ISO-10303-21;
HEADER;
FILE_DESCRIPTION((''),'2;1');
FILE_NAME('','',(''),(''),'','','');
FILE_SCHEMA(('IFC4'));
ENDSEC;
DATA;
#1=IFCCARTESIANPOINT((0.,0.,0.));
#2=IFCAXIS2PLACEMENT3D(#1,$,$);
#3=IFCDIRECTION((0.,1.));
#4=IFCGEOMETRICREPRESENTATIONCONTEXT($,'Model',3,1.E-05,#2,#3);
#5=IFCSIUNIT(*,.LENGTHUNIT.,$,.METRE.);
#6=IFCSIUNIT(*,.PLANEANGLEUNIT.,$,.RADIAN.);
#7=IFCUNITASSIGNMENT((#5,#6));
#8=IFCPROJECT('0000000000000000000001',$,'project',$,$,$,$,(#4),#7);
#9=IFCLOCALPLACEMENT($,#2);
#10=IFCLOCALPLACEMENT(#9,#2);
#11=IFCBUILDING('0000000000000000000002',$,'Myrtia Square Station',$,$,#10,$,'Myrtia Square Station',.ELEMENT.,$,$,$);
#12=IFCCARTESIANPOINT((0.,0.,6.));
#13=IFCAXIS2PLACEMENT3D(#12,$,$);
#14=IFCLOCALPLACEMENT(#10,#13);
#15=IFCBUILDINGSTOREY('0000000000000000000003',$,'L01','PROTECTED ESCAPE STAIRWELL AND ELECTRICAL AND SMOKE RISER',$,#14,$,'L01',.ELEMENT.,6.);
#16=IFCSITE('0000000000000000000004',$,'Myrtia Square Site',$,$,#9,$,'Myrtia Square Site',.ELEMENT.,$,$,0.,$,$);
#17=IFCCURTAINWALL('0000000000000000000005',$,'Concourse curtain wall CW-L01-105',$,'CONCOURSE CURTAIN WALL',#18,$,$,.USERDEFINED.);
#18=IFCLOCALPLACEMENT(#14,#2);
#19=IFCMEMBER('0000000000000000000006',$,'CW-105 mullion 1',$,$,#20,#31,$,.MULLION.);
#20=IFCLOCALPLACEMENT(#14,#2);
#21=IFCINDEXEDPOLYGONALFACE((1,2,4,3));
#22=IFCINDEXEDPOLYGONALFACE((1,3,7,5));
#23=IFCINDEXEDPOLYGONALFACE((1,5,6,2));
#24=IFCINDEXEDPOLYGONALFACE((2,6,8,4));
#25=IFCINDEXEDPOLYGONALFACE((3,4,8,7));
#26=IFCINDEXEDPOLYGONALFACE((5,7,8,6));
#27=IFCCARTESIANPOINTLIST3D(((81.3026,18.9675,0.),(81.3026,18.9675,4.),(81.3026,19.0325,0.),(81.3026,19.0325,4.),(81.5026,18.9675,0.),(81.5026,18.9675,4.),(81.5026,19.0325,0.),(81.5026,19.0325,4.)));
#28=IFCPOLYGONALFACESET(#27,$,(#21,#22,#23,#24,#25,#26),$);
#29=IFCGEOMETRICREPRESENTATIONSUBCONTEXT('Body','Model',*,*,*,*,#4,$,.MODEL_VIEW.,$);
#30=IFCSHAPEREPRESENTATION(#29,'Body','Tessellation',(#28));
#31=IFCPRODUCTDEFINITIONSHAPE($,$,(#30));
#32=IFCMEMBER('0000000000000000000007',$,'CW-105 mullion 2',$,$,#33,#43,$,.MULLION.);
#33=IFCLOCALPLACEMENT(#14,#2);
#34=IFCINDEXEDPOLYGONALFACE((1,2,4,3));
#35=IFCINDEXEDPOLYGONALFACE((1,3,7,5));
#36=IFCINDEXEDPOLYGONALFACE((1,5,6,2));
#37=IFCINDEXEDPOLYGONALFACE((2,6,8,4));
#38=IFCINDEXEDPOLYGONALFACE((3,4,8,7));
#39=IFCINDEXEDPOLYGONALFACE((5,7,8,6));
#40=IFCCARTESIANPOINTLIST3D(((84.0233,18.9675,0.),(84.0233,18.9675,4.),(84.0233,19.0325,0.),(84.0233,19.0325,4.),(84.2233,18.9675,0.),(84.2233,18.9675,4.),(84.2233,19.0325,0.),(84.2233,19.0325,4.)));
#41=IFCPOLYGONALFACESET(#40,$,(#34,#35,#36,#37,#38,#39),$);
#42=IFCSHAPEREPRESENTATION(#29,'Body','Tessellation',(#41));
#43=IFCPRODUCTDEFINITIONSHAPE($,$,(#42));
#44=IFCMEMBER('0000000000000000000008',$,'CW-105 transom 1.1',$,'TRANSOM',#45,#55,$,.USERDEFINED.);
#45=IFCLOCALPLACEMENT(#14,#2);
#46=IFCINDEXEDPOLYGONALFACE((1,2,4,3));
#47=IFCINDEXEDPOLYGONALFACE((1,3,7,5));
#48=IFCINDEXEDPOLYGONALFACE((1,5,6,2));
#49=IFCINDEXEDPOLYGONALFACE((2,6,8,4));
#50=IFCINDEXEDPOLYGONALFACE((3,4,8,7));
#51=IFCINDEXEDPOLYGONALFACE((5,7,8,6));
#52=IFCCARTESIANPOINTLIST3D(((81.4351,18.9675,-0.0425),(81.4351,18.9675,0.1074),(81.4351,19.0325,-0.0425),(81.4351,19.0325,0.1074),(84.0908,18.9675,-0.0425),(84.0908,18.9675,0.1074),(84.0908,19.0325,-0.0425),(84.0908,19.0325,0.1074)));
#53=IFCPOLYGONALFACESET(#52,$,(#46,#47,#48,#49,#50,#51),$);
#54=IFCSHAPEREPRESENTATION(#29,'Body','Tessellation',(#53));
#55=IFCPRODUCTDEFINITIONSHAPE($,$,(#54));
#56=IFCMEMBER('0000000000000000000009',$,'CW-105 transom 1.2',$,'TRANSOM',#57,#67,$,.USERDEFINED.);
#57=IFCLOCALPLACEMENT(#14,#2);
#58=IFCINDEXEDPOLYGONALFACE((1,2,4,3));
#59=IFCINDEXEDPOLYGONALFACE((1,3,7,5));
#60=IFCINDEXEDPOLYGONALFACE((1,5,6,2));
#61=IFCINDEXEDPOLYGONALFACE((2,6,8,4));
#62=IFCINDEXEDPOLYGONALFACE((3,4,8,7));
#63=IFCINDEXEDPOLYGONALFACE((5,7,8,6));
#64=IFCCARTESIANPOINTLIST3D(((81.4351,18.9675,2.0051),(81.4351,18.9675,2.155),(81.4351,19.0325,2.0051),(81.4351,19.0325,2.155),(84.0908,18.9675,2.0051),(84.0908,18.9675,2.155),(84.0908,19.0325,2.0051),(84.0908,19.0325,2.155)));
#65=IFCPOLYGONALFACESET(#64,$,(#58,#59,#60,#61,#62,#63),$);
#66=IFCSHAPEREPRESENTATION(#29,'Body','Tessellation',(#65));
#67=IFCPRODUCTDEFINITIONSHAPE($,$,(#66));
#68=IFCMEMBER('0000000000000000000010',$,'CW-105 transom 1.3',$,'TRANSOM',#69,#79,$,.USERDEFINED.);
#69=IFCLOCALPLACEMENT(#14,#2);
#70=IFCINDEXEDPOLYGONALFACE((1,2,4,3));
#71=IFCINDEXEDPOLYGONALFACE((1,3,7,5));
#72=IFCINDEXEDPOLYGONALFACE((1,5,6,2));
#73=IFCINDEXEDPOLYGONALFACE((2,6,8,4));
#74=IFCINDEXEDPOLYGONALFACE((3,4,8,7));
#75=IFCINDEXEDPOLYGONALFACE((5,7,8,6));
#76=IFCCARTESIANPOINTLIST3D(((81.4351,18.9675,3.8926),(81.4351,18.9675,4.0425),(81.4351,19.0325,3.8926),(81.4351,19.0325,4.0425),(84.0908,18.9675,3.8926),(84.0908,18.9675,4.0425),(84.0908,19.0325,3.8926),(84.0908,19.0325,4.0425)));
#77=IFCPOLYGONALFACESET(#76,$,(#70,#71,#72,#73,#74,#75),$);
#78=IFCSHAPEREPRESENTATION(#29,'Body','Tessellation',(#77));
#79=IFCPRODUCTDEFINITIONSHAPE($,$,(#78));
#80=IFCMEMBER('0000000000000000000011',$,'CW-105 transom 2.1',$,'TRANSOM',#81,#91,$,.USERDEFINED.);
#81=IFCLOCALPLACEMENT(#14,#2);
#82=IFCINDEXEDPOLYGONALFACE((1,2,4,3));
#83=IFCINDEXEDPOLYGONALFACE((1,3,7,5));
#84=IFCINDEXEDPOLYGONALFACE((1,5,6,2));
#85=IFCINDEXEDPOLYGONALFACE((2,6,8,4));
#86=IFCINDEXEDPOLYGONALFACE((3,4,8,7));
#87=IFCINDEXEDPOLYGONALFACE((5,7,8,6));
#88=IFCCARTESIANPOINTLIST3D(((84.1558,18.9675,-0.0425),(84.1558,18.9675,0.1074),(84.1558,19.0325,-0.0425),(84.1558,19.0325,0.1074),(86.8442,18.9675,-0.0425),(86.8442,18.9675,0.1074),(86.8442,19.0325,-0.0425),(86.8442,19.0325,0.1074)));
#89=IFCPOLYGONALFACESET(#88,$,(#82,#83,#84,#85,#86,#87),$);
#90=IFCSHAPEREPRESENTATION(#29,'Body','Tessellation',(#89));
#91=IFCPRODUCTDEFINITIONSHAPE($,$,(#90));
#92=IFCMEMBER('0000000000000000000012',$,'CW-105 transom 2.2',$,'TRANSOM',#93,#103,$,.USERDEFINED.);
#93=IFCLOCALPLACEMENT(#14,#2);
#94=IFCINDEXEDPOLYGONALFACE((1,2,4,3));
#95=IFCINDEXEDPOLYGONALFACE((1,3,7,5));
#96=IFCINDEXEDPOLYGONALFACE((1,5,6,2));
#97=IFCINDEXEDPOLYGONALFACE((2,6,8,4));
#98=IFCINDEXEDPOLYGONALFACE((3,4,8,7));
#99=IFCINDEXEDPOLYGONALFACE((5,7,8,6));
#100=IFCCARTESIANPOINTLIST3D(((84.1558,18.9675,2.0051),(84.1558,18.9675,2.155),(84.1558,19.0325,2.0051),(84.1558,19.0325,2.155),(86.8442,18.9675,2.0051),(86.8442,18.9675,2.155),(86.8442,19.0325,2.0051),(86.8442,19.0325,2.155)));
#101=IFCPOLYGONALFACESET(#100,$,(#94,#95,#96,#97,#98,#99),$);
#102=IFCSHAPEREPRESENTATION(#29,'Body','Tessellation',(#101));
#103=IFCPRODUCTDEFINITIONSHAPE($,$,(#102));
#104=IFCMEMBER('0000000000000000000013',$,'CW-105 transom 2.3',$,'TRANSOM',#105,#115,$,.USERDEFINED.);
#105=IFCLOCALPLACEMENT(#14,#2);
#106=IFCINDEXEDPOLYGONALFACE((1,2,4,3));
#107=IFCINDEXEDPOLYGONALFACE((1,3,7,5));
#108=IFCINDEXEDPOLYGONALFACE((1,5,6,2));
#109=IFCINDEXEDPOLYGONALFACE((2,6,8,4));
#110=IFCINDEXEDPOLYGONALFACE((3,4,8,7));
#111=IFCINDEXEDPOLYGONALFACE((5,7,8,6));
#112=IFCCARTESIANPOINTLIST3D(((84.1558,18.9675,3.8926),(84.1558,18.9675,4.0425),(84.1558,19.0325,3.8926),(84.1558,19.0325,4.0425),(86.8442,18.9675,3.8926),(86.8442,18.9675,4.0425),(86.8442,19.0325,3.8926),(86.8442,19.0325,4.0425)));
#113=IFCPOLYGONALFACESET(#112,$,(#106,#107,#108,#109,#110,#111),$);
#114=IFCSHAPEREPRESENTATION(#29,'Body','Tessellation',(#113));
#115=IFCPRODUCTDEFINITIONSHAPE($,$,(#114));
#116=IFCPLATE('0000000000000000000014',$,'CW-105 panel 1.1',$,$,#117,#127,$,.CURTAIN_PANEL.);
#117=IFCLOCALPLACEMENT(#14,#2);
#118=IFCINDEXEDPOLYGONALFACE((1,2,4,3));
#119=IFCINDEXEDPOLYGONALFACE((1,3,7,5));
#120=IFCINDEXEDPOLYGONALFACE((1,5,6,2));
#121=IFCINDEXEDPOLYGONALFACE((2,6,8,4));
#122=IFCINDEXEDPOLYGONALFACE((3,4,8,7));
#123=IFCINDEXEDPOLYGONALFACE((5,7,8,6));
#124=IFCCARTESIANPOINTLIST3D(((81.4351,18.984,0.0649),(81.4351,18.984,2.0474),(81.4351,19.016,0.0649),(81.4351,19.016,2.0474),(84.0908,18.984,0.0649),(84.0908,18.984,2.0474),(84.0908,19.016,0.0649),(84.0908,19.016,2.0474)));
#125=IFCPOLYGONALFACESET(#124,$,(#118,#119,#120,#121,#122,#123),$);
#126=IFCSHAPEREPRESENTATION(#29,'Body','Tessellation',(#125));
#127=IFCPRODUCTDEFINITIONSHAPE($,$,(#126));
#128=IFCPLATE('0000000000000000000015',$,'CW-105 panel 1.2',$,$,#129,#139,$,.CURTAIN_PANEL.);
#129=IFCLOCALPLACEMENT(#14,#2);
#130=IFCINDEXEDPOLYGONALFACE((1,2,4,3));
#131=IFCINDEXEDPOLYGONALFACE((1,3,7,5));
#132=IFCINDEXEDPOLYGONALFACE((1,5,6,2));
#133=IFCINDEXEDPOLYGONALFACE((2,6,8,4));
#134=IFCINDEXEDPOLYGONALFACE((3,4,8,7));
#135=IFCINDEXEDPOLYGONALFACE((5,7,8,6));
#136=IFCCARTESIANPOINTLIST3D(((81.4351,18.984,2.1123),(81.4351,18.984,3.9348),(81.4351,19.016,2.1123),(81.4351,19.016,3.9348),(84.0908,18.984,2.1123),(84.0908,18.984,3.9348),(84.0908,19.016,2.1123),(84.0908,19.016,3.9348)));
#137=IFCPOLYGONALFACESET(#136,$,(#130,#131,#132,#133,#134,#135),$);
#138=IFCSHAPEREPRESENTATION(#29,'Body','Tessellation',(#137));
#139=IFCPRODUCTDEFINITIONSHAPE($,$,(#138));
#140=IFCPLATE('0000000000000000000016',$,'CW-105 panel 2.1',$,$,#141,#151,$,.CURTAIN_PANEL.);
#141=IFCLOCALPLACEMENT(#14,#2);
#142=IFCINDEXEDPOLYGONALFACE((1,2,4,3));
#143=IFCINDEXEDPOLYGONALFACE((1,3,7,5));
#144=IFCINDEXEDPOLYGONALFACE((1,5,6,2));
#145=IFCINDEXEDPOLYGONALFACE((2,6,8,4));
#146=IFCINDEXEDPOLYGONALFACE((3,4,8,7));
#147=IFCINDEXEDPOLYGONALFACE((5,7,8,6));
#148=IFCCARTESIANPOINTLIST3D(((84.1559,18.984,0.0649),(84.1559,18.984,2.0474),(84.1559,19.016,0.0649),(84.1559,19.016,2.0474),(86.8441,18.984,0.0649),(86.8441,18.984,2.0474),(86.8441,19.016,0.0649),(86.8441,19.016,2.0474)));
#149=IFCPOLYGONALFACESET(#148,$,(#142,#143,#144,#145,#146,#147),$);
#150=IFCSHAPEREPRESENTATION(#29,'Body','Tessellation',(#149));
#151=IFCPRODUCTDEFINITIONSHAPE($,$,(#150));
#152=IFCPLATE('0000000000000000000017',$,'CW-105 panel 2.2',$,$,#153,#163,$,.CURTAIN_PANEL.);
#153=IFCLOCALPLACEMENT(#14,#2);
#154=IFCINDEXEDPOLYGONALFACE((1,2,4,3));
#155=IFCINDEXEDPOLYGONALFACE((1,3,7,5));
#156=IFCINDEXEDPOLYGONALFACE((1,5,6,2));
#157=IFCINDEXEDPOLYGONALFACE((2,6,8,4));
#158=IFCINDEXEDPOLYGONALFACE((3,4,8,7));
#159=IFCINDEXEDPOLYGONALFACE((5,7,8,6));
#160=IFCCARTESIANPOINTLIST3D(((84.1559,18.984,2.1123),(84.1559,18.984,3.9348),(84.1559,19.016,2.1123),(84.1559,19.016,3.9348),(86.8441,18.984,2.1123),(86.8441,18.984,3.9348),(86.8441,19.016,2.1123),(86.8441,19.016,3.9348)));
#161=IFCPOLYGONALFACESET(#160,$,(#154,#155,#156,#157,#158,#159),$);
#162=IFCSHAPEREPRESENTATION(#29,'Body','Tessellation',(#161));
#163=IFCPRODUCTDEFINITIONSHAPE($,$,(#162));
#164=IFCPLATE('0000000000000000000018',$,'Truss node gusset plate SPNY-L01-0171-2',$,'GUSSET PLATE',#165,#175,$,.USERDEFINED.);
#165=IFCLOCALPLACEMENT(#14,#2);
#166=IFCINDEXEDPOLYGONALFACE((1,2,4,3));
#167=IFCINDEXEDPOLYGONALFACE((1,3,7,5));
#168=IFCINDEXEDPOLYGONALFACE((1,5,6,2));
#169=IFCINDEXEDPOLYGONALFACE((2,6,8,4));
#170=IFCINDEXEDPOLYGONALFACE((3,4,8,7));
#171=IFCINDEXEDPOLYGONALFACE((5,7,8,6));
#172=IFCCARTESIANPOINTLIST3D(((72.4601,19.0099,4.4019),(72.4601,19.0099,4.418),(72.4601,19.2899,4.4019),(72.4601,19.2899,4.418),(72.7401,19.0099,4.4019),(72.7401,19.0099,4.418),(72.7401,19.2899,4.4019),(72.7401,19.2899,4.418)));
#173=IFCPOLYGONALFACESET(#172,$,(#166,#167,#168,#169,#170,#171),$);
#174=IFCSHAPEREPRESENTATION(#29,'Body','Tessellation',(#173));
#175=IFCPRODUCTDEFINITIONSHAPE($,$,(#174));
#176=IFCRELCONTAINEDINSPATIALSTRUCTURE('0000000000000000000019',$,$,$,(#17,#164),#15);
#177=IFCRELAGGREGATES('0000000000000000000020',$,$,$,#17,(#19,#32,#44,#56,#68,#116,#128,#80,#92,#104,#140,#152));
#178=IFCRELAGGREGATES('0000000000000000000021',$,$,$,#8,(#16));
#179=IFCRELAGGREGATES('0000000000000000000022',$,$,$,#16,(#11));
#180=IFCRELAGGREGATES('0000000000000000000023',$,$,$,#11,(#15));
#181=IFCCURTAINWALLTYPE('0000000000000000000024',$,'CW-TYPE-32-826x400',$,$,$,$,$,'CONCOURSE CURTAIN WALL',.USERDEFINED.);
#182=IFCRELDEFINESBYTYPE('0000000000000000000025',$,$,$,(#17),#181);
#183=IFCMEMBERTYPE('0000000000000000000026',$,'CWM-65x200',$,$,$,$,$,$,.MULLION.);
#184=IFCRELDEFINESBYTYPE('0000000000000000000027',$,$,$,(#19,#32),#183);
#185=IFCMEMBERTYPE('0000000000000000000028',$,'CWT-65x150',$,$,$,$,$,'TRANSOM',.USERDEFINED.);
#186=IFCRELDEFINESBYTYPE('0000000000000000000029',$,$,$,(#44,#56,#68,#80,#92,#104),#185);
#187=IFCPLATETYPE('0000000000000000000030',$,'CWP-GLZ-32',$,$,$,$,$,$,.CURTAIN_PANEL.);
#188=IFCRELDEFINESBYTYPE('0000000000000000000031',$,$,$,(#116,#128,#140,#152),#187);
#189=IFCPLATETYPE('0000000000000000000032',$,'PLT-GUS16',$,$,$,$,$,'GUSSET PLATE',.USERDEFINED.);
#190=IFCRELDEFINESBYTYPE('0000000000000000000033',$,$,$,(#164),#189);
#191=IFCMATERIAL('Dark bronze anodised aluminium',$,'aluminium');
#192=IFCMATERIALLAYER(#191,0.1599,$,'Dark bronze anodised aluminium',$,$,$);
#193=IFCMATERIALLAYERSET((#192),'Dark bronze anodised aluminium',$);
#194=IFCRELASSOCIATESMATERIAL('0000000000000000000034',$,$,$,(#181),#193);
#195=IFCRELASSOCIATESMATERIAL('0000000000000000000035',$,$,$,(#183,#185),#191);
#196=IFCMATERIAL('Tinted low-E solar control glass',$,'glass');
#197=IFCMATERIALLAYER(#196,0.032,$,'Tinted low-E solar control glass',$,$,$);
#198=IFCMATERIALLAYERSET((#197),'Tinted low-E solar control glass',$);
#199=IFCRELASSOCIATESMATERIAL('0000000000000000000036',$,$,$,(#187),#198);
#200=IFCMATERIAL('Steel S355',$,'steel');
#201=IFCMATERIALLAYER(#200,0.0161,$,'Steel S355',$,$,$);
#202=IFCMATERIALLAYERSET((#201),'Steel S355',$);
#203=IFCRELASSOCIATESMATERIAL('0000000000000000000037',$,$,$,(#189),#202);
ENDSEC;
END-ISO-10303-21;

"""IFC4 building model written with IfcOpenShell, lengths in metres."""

from ifc_helpers import new_model, si_unit, direction, frame, origin, origin_2d, place, context, subcontext, project, spatial, rectangle, extrude, material, layer, layer_set, material_profile, profile_set, type_object, element, aggregate, save


model = new_model("IFC4")

# Units and contexts
model_context = context("Model", 3, precision=1e-05, world=origin(), true_north=direction((0.0, 1.0)))
body_context = subcontext(model_context, "Body", "Model", "MODEL_VIEW")
ifc_project = project(units=[si_unit("LENGTHUNIT", "METRE"), si_unit("PLANEANGLEUNIT", "RADIAN")], contexts=[model_context])

# Site, building, storey
site_placement = place(None, origin())
site = spatial("IfcSite", under=ifc_project, at=site_placement, Name="Myrtia Square Site", LongName="Myrtia Square Site", CompositionType="ELEMENT", RefElevation=0.0)
building_placement = place(site_placement, origin())
building = spatial("IfcBuilding", under=site, at=building_placement, Name="Myrtia Square Station", LongName="Myrtia Square Station", CompositionType="ELEMENT")
storey_placement = place(building_placement, frame((0.0, 0.0, 6.0)))
storey = spatial("IfcBuildingStorey", under=building, at=storey_placement, Name="L01", Description="PROTECTED ESCAPE STAIRWELL AND ELECTRICAL AND SMOKE RISER", LongName="L01", CompositionType="ELEMENT", Elevation=6.0)

# Shared definitions
ifc_material_1 = material(Name="Steel S355", Category="steel")

# Curtain wall, members, plates
ifc_material_2 = material(Name="Dark bronze anodised aluminium", Category="aluminium")
ifc_layer_1 = layer(ifc_material_2, 0.1599, Name="Dark bronze anodised aluminium")
ifc_layer_set_1 = layer_set([ifc_layer_1], Name="Dark bronze anodised aluminium")
curtain_wall_type = type_object("IfcCurtainWallType", Name="CW-TYPE-32-826x400", ElementType="CONCOURSE CURTAIN WALL", PredefinedType="USERDEFINED", material=ifc_layer_set_1)
curtain_wall_placement = place(storey_placement, origin())
curtain_wall = element("IfcCurtainWall", 1, at=curtain_wall_placement, inside=storey, type_object=curtain_wall_type, Name="Concourse curtain wall CW-L01-105", ObjectType="CONCOURSE CURTAIN WALL", PredefinedType="USERDEFINED")
ifc_material_profile_1 = material_profile(ifc_material_2, rectangle(XDim=0.0649, YDim=0.2, at=origin_2d()), Name="ALU-M 65x200")
ifc_profile_set_1 = profile_set([ifc_material_profile_1], Name="Dark bronze anodised aluminium")
member_type_1 = type_object("IfcMemberType", Name="CWM-65x200", PredefinedType="MULLION", material=ifc_profile_set_1)
member_1_placement = place(storey_placement, frame((81.4026, 19.0, 0.0), z_axis=(0.0, 0.0, 1.0), x_axis=(0.0, 1.0, 0.0)))
member_1 = element("IfcMember", 2, at=member_1_placement, type_object=member_type_1, Name="CW-105 mullion 1", PredefinedType="MULLION", context=body_context, shape_type="SweptSolid", body=[
    extrude(rectangle(XDim=0.0649, YDim=0.2, at=origin_2d()), origin(), (0.0, 0.0, 1.0), 4.0),
])
member_2_placement = place(storey_placement, frame((84.1233, 19.0, 0.0), z_axis=(0.0, 0.0, 1.0), x_axis=(0.0, 1.0, 0.0)))
member_2 = element("IfcMember", 3, at=member_2_placement, type_object=member_type_1, Name="CW-105 mullion 2", PredefinedType="MULLION", context=body_context, shape_type="SweptSolid", body=[
    extrude(rectangle(XDim=0.0649, YDim=0.2, at=origin_2d()), origin(), (0.0, 0.0, 1.0), 4.0),
])
ifc_material_profile_2 = material_profile(ifc_material_2, rectangle(XDim=0.0649, YDim=0.1499, at=origin_2d()), Name="ALU-T 65x150")
ifc_profile_set_2 = profile_set([ifc_material_profile_2], Name="Dark bronze anodised aluminium")
member_type_2 = type_object("IfcMemberType", Name="CWT-65x150", ElementType="TRANSOM", PredefinedType="USERDEFINED", material=ifc_profile_set_2)
member_3_placement = place(storey_placement, frame((81.4351, 19.0, 0.0325), z_axis=(1.0, 0.0, 0.0), x_axis=(0.0, 1.0, 0.0)))
member_3 = element("IfcMember", 4, at=member_3_placement, type_object=member_type_2, Name="CW-105 transom 1.1", ObjectType="TRANSOM", PredefinedType="USERDEFINED", context=body_context, shape_type="SweptSolid", body=[
    extrude(rectangle(XDim=0.0649, YDim=0.1499, at=origin_2d()), origin(), (0.0, 0.0, 1.0), 2.6558),
])
member_4_placement = place(storey_placement, frame((81.4351, 19.0, 2.0801), z_axis=(1.0, 0.0, 0.0), x_axis=(0.0, 1.0, 0.0)))
member_4 = element("IfcMember", 5, at=member_4_placement, type_object=member_type_2, Name="CW-105 transom 1.2", ObjectType="TRANSOM", PredefinedType="USERDEFINED", context=body_context, shape_type="SweptSolid", body=[
    extrude(rectangle(XDim=0.0649, YDim=0.1499, at=origin_2d()), origin(), (0.0, 0.0, 1.0), 2.6558),
])
member_5_placement = place(storey_placement, frame((81.4351, 19.0, 3.9675), z_axis=(1.0, 0.0, 0.0), x_axis=(0.0, 1.0, 0.0)))
member_5 = element("IfcMember", 6, at=member_5_placement, type_object=member_type_2, Name="CW-105 transom 1.3", ObjectType="TRANSOM", PredefinedType="USERDEFINED", context=body_context, shape_type="SweptSolid", body=[
    extrude(rectangle(XDim=0.0649, YDim=0.1499, at=origin_2d()), origin(), (0.0, 0.0, 1.0), 2.6558),
])
member_6_placement = place(storey_placement, frame((84.1558, 19.0, 0.0325), z_axis=(1.0, 0.0, 0.0), x_axis=(0.0, 1.0, 0.0)))
member_6 = element("IfcMember", 7, at=member_6_placement, type_object=member_type_2, Name="CW-105 transom 2.1", ObjectType="TRANSOM", PredefinedType="USERDEFINED", context=body_context, shape_type="SweptSolid", body=[
    extrude(rectangle(XDim=0.0649, YDim=0.1499, at=origin_2d()), origin(), (0.0, 0.0, 1.0), 2.6885),
])
member_7_placement = place(storey_placement, frame((84.1558, 19.0, 2.0801), z_axis=(1.0, 0.0, 0.0), x_axis=(0.0, 1.0, 0.0)))
member_7 = element("IfcMember", 8, at=member_7_placement, type_object=member_type_2, Name="CW-105 transom 2.2", ObjectType="TRANSOM", PredefinedType="USERDEFINED", context=body_context, shape_type="SweptSolid", body=[
    extrude(rectangle(XDim=0.0649, YDim=0.1499, at=origin_2d()), origin(), (0.0, 0.0, 1.0), 2.6885),
])
member_8_placement = place(storey_placement, frame((84.1558, 19.0, 3.9675), z_axis=(1.0, 0.0, 0.0), x_axis=(0.0, 1.0, 0.0)))
member_8 = element("IfcMember", 9, at=member_8_placement, type_object=member_type_2, Name="CW-105 transom 2.3", ObjectType="TRANSOM", PredefinedType="USERDEFINED", context=body_context, shape_type="SweptSolid", body=[
    extrude(rectangle(XDim=0.0649, YDim=0.1499, at=origin_2d()), origin(), (0.0, 0.0, 1.0), 2.6885),
])
ifc_material_3 = material(Name="Tinted low-E solar control glass", Category="glass")
ifc_layer_2 = layer(ifc_material_3, 0.032, Name="Tinted low-E solar control glass")
ifc_layer_set_2 = layer_set([ifc_layer_2], Name="Tinted low-E solar control glass")
plate_type_1 = type_object("IfcPlateType", Name="CWP-GLZ-32", PredefinedType="CURTAIN_PANEL", material=ifc_layer_set_2)
plate_1_placement = place(storey_placement, frame((82.7629, 19.0, 0.0649), z_axis=(0.0, 0.0, 1.0), x_axis=(1.0, 0.0, 0.0)))
plate_1 = element("IfcPlate", 10, at=plate_1_placement, type_object=plate_type_1, Name="CW-105 panel 1.1", PredefinedType="CURTAIN_PANEL", context=body_context, shape_type="SweptSolid", body=[
    extrude(rectangle(XDim=2.6558, YDim=0.032, at=origin_2d()), origin(), (0.0, 0.0, 1.0), 1.9824),
])
plate_2_placement = place(storey_placement, frame((82.7629, 19.0, 2.1123), z_axis=(0.0, 0.0, 1.0), x_axis=(1.0, 0.0, 0.0)))
plate_2 = element("IfcPlate", 11, at=plate_2_placement, type_object=plate_type_1, Name="CW-105 panel 1.2", PredefinedType="CURTAIN_PANEL", context=body_context, shape_type="SweptSolid", body=[
    extrude(rectangle(XDim=2.6558, YDim=0.032, at=origin_2d()), origin(), (0.0, 0.0, 1.0), 1.8225),
])
plate_3_placement = place(storey_placement, frame((85.5, 19.0, 0.0649), z_axis=(0.0, 0.0, 1.0), x_axis=(1.0, 0.0, 0.0)))
plate_3 = element("IfcPlate", 12, at=plate_3_placement, type_object=plate_type_1, Name="CW-105 panel 2.1", PredefinedType="CURTAIN_PANEL", context=body_context, shape_type="SweptSolid", body=[
    extrude(rectangle(XDim=2.6882, YDim=0.032, at=origin_2d()), origin(), (0.0, 0.0, 1.0), 1.9824),
])
plate_4_placement = place(storey_placement, frame((85.5, 19.0, 2.1123), z_axis=(0.0, 0.0, 1.0), x_axis=(1.0, 0.0, 0.0)))
plate_4 = element("IfcPlate", 13, at=plate_4_placement, type_object=plate_type_1, Name="CW-105 panel 2.2", PredefinedType="CURTAIN_PANEL", context=body_context, shape_type="SweptSolid", body=[
    extrude(rectangle(XDim=2.6882, YDim=0.032, at=origin_2d()), origin(), (0.0, 0.0, 1.0), 1.8225),
])
aggregate(curtain_wall, [member_1, member_2, member_3, member_4, member_5, plate_1, plate_2, member_6, member_7, member_8, plate_3, plate_4])

# Plate
ifc_layer_3 = layer(ifc_material_1, 0.0161, Name="Steel S355")
ifc_layer_set_3 = layer_set([ifc_layer_3], Name="Steel S355")
plate_type_2 = type_object("IfcPlateType", Name="PLT-GUS16", ElementType="GUSSET PLATE", PredefinedType="USERDEFINED", material=ifc_layer_set_3)
plate_5_placement = place(storey_placement, frame((72.6001, 19.1499, 4.4019), z_axis=(0.0, 0.0, 1.0), x_axis=(0.0, 1.0, 0.0)))
element("IfcPlate", 14, at=plate_5_placement, inside=storey, type_object=plate_type_2, Name="Truss node gusset plate SPNY-L01-0171-2", ObjectType="GUSSET PLATE", PredefinedType="USERDEFINED", context=body_context, shape_type="SweptSolid", body=[
    extrude(rectangle(XDim=0.28, YDim=0.28, at=origin_2d()), origin(), (0.0, 0.0, 1.0), 0.0161),
])

save(model, "model.ifc")
